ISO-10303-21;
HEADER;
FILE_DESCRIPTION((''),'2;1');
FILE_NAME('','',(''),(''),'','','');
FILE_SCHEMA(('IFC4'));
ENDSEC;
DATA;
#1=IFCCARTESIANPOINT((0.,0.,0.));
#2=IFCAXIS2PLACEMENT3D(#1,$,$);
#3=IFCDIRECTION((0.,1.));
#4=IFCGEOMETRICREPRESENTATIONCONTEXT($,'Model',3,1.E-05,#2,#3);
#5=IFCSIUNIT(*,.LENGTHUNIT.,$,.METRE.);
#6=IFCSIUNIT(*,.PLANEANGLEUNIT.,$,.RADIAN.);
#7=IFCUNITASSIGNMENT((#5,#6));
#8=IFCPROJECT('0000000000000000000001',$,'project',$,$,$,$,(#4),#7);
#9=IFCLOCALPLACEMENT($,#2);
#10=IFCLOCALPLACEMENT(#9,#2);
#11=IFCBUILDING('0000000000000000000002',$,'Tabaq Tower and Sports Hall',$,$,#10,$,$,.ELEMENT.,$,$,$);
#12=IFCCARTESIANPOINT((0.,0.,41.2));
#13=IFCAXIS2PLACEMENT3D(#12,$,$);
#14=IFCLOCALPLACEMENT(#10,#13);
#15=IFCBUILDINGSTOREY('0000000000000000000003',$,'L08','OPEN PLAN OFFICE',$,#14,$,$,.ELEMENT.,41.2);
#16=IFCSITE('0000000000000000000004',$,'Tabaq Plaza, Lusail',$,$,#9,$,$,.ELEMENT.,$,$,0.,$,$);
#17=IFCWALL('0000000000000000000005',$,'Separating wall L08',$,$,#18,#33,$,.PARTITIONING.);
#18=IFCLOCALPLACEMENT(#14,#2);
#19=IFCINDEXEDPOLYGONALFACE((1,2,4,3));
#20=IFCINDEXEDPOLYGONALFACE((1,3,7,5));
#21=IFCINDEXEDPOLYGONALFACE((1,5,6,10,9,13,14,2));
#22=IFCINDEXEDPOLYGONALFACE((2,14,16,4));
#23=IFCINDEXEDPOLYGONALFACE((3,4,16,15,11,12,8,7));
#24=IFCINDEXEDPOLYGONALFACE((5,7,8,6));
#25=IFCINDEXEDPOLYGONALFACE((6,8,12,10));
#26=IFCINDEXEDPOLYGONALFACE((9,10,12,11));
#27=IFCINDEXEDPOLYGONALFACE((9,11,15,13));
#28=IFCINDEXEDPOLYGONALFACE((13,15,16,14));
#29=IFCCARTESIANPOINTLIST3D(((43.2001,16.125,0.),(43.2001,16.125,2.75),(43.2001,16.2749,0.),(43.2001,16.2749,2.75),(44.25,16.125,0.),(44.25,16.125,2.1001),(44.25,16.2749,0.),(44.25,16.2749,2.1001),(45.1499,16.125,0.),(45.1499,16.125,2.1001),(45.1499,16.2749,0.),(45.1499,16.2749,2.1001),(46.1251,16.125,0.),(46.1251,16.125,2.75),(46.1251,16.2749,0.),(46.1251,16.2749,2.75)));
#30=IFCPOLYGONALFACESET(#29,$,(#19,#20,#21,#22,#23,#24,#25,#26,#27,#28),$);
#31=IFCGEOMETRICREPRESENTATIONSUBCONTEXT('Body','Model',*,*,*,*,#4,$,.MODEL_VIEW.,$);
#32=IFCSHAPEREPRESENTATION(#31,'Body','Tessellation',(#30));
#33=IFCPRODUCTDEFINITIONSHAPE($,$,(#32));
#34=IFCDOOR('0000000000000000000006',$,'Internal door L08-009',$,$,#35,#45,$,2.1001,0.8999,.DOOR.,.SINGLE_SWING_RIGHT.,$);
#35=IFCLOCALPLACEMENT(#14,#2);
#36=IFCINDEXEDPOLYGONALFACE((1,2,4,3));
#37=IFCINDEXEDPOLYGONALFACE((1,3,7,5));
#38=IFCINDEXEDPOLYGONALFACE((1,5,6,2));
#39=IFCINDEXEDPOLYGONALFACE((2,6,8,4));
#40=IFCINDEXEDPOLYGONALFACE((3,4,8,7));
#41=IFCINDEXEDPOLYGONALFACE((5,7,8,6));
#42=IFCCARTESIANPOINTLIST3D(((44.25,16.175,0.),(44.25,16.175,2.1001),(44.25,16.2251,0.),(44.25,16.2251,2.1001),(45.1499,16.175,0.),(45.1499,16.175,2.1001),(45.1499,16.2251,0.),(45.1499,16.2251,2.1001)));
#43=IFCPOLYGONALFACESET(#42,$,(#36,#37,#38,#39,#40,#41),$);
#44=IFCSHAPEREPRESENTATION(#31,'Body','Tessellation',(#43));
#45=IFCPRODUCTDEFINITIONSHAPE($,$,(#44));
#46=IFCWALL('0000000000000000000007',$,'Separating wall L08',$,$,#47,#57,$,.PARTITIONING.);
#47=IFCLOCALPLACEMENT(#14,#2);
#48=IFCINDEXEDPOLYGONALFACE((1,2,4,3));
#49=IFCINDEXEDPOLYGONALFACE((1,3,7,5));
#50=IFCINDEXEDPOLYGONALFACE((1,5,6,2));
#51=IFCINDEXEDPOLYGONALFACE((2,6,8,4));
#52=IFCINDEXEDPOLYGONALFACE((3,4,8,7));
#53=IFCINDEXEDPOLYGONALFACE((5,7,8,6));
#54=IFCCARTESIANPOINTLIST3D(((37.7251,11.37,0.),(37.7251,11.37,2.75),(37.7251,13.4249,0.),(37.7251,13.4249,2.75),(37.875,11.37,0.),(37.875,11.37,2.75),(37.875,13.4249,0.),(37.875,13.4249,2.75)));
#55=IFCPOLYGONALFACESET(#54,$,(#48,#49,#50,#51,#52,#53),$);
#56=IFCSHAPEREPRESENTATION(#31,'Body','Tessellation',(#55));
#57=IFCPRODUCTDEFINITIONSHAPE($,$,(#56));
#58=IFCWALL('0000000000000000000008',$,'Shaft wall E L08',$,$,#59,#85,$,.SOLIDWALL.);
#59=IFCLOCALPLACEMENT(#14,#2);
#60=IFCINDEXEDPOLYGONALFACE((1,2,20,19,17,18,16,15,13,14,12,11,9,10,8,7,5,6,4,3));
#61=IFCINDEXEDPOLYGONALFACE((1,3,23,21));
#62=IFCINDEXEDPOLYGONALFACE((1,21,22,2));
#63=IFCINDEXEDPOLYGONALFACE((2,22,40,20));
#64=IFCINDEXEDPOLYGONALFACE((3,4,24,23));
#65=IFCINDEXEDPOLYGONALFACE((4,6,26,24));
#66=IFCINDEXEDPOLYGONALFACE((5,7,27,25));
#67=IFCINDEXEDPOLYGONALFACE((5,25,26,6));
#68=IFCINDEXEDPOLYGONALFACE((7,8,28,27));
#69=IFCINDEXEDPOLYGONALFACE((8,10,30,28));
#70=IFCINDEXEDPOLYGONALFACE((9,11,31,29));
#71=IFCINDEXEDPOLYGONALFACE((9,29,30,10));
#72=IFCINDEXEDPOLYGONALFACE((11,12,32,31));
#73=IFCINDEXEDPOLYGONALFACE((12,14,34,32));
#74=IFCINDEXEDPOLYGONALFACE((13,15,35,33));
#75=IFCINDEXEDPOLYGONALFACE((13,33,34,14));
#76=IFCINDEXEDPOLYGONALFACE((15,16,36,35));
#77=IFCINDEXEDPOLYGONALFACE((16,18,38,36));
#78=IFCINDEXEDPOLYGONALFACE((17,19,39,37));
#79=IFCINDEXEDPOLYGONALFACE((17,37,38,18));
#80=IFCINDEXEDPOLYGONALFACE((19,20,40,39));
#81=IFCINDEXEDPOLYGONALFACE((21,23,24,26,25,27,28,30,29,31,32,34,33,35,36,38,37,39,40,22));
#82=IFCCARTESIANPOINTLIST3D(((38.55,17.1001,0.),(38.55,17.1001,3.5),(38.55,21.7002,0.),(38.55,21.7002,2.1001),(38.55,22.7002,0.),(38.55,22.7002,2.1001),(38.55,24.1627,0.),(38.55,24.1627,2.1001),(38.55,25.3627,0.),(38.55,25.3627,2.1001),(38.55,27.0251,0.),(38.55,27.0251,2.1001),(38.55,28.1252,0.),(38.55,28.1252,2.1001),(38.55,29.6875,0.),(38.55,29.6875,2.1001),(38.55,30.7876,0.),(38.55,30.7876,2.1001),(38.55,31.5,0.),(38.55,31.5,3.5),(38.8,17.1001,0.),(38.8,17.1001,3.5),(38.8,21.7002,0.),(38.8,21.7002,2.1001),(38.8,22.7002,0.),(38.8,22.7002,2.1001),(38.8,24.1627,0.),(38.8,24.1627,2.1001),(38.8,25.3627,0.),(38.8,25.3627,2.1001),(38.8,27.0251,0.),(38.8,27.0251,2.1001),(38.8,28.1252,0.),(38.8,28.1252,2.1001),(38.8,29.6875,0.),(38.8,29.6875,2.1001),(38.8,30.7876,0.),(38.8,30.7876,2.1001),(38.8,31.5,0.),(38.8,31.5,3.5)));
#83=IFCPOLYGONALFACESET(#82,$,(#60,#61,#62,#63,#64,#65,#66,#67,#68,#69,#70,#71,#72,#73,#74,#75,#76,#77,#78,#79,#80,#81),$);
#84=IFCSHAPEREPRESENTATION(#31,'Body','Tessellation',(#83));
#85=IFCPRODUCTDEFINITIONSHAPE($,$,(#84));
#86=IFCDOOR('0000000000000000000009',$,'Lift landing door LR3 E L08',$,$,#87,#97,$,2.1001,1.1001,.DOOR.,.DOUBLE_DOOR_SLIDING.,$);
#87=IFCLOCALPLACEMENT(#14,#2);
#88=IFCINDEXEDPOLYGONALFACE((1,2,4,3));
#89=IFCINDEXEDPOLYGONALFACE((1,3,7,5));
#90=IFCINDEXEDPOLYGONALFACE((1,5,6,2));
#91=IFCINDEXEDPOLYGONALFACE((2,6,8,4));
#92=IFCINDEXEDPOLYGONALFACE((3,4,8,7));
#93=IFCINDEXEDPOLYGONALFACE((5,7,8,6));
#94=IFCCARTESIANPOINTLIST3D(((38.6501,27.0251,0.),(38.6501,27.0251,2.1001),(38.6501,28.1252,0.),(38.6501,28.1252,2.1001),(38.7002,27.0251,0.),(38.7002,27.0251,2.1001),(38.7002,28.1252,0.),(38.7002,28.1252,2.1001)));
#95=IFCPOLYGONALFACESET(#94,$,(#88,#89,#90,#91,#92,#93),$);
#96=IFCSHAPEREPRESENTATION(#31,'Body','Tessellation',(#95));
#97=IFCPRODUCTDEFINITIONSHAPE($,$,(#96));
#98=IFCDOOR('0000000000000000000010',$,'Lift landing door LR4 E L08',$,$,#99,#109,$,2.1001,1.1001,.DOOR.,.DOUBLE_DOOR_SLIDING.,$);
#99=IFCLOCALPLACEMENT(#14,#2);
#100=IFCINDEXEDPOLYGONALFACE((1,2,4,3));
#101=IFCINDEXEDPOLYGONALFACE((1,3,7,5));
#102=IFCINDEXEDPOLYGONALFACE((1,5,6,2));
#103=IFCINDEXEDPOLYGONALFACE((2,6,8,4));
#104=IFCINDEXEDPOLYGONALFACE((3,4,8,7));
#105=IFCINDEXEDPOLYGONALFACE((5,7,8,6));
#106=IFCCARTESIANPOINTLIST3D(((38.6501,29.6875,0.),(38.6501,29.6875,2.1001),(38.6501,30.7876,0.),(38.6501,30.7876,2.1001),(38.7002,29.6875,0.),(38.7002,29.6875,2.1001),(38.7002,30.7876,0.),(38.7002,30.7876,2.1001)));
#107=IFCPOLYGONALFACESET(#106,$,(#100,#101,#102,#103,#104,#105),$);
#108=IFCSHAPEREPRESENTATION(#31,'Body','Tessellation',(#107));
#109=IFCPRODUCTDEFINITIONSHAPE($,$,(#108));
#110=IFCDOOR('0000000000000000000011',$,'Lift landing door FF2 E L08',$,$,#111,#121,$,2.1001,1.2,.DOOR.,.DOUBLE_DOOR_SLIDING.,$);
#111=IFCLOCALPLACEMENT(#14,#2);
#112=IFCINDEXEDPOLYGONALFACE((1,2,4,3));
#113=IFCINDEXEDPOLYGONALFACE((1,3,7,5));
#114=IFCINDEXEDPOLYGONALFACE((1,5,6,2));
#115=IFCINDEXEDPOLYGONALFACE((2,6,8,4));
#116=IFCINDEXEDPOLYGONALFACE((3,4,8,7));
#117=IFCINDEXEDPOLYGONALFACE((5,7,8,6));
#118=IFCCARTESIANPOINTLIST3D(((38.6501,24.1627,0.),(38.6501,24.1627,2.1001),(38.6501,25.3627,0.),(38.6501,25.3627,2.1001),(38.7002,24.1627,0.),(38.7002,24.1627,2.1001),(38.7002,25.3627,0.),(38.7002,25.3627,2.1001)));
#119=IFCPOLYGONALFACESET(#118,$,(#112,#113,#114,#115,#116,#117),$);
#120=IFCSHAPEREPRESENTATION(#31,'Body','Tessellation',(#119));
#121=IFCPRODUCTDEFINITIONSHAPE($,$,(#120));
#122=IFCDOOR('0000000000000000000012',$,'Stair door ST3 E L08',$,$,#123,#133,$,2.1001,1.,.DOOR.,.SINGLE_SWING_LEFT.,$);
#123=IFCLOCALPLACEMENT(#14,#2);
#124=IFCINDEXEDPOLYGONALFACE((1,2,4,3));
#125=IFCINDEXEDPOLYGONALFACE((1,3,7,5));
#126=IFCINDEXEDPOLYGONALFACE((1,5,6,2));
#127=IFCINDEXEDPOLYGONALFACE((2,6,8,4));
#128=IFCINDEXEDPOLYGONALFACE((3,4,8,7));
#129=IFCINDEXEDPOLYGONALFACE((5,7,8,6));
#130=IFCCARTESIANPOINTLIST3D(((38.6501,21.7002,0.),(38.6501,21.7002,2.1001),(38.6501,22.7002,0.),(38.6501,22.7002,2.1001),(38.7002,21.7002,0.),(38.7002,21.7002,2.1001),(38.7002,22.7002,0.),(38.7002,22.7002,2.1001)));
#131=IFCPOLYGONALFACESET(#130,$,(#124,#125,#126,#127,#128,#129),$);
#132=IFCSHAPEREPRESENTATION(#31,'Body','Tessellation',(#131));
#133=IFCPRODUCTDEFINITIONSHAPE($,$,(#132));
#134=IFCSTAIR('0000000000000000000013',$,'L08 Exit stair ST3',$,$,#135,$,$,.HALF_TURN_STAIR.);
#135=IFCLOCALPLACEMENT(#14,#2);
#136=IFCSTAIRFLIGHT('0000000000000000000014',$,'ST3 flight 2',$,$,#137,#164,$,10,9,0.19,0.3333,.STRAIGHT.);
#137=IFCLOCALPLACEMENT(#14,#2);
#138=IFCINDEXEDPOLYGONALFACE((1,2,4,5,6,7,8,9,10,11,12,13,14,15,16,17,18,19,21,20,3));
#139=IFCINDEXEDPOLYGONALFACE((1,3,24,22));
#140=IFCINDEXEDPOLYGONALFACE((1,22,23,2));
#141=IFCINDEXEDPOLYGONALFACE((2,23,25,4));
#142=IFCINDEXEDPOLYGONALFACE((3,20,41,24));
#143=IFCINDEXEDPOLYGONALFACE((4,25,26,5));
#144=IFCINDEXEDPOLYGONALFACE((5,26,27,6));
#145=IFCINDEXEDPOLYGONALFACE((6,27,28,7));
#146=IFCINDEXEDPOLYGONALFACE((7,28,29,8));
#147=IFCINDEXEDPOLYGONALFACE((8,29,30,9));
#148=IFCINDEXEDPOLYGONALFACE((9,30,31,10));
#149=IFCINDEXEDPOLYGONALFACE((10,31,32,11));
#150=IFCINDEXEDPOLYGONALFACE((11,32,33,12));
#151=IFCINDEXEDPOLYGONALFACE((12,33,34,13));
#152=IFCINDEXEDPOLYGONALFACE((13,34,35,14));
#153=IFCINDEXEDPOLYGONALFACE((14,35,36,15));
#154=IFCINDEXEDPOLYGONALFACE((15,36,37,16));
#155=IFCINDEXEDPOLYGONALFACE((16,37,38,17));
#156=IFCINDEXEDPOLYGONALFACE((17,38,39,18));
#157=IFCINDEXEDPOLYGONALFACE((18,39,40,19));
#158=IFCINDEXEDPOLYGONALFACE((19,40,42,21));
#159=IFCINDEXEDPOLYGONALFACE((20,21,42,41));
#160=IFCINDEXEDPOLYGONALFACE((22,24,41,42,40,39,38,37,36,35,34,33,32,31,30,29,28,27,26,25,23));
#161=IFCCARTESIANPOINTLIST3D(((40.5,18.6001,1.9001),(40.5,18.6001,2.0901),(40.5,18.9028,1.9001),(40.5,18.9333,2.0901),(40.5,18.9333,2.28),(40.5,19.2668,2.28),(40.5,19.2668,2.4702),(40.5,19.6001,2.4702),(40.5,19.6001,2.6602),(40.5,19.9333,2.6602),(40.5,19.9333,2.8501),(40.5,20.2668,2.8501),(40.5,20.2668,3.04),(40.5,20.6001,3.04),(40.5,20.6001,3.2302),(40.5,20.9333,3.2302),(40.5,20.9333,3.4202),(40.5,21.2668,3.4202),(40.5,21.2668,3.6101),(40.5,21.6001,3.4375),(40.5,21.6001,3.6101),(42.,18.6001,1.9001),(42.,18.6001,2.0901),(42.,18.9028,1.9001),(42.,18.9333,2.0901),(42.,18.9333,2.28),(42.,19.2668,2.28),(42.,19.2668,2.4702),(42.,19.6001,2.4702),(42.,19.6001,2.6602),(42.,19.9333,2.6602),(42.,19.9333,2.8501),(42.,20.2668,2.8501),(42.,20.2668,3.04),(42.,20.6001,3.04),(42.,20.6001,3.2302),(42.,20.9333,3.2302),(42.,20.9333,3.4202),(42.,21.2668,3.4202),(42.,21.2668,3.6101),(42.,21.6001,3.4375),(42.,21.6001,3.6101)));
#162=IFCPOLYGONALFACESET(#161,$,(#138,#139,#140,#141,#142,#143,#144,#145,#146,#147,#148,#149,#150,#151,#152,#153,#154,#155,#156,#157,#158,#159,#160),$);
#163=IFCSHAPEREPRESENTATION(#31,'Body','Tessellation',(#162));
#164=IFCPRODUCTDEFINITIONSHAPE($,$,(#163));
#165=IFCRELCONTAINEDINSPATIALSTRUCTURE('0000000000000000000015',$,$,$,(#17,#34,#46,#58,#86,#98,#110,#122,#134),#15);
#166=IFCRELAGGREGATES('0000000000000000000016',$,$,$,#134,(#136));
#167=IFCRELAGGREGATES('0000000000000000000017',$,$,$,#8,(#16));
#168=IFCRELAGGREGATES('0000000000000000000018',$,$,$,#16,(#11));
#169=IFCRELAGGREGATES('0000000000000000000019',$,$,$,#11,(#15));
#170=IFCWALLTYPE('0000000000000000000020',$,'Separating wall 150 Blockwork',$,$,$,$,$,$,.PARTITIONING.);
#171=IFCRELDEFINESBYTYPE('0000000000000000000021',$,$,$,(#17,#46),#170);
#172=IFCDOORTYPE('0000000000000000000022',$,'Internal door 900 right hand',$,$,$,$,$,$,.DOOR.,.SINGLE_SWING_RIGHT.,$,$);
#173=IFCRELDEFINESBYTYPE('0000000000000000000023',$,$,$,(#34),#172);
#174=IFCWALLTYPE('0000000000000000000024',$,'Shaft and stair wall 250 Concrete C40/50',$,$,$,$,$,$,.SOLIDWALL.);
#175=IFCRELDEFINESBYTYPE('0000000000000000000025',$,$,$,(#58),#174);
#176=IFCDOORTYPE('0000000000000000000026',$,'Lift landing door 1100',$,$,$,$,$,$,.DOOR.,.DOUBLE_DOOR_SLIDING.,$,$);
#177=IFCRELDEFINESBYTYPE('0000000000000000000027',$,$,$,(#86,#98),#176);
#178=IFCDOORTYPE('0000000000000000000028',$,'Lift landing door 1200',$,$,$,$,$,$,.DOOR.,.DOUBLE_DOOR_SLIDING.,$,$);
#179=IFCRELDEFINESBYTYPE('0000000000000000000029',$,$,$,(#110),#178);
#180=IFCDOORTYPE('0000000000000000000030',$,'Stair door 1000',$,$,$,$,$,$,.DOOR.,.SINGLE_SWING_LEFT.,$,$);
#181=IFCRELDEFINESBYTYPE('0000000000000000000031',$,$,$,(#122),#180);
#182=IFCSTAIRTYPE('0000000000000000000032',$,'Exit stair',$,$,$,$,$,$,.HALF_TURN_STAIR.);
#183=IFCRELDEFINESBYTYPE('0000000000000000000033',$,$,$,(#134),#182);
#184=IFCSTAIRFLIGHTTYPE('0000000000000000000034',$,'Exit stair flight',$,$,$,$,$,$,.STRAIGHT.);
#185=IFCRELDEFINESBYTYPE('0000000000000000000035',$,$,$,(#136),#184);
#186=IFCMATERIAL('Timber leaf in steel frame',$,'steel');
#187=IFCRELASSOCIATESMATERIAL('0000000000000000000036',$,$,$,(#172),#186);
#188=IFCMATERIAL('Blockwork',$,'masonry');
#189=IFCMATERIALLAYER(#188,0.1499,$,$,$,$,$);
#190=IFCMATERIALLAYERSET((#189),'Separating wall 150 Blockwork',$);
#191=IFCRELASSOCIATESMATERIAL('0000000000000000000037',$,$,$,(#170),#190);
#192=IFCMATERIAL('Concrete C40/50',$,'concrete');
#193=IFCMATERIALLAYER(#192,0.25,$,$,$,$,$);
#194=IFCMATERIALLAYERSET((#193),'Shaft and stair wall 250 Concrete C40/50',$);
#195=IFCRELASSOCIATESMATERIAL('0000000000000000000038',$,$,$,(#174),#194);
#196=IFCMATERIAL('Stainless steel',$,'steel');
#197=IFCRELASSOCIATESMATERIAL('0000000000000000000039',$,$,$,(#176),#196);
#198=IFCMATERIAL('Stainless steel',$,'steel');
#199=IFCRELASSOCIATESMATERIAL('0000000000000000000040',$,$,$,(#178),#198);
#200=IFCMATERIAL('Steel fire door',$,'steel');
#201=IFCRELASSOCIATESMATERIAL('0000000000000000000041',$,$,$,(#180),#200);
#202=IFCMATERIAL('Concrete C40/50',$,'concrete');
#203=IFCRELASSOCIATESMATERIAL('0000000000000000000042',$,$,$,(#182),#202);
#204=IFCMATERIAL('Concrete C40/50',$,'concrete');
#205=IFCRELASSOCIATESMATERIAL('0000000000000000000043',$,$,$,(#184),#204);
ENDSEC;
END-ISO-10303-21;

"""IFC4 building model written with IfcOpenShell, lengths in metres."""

from ifc_helpers import new_model, si_unit, direction, frame, frame_2d, origin, place, context, subcontext, project, spatial, polyline, rectangle, outline, extrude, material, layer, layer_set, type_object, element, fill, aggregate, save


model = new_model("IFC4")

# Units and contexts
model_context = context("Model", 3, precision=1e-05, world=origin(), true_north=direction((0.0, 1.0)))
body_context = subcontext(model_context, "Body", "Model", "MODEL_VIEW")
ifc_project = project(units=[si_unit("LENGTHUNIT", "METRE"), si_unit("PLANEANGLEUNIT", "RADIAN")], contexts=[model_context])

# Site, building, storey
site_placement = place(None, origin())
site = spatial("IfcSite", under=ifc_project, at=site_placement, Name="Tabaq Plaza, Lusail", CompositionType="ELEMENT", RefElevation=0.0)
building_placement = place(site_placement, origin())
building = spatial("IfcBuilding", under=site, at=building_placement, Name="Tabaq Tower and Sports Hall", CompositionType="ELEMENT")
storey_placement = place(building_placement, frame((0.0, 0.0, 41.2)))
storey = spatial("IfcBuildingStorey", under=building, at=storey_placement, Name="L08", Description="OPEN PLAN OFFICE", CompositionType="ELEMENT", Elevation=41.2)

# Wall, opening, door
ifc_material_1 = material(Name="Timber leaf in steel frame", Category="steel")
door_type_1 = type_object("IfcDoorType", Name="Internal door 900 right hand", OperationType="SINGLE_SWING_RIGHT", PredefinedType="DOOR", material=ifc_material_1)
ifc_material_2 = material(Name="Blockwork", Category="masonry")
ifc_layer_1 = layer(ifc_material_2, 0.1499)
ifc_layer_set_1 = layer_set([ifc_layer_1], Name="Separating wall 150 Blockwork")
wall_type_1 = type_object("IfcWallType", Name="Separating wall 150 Blockwork", PredefinedType="PARTITIONING", material=ifc_layer_set_1)
wall_1_placement = place(storey_placement, frame((46.125, 16.2, 0.0), z_axis=(0.0, 0.0, 1.0), x_axis=(-1.0, 0.0, 0.0)))
wall_1 = element("IfcWall", 1, at=wall_1_placement, inside=storey, type_object=wall_type_1, Name="Separating wall L08", PredefinedType="PARTITIONING", context=body_context, shape_type="SweptSolid", body=[
    extrude(rectangle(XDim=2.925, YDim=0.1499, at=frame_2d((1.4624, 0.0))), origin(), (0.0, 0.0, 1.0), 2.75),
])
opening_1_placement = place(wall_1_placement, frame((0.9751, 0.0, 0.0)))
opening_1 = element("IfcOpeningElement", 2, at=opening_1_placement, cuts=wall_1, PredefinedType="OPENING", context=body_context, shape_type="SweptSolid", body=[
    extrude(rectangle(XDim=0.8999, YDim=2.1001, at=frame_2d((0.45, 1.05))), frame((0.0, 0.075, 0.0), z_axis=(0.0, -1.0, 0.0), x_axis=(1.0, 0.0, 0.0)), (0.0, 0.0, 1.0), 0.1499),
])
door_1_placement = place(opening_1_placement, origin())
door_1 = element("IfcDoor", 3, at=door_1_placement, inside=storey, type_object=door_type_1, Name="Internal door L08-009", OperationType="SINGLE_SWING_RIGHT", OverallHeight=2.1001, OverallWidth=0.8999, PredefinedType="DOOR", context=body_context, shape_type="SweptSolid", body=[
    extrude(rectangle(XDim=0.8999, YDim=2.1001, at=frame_2d((0.45, 1.05))), frame((0.0, 0.0249, 0.0), z_axis=(0.0, -1.0, 0.0), x_axis=(1.0, 0.0, 0.0)), (0.0, 0.0, 1.0), 0.05),
])
fill(opening_1, door_1)

# Wall
wall_2_placement = place(storey_placement, frame((37.8, 11.3701, 0.0), z_axis=(0.0, 0.0, 1.0), x_axis=(0.0, 1.0, 0.0)))
element("IfcWall", 4, at=wall_2_placement, inside=storey, type_object=wall_type_1, Name="Separating wall L08", PredefinedType="PARTITIONING", context=body_context, shape_type="SweptSolid", body=[
    extrude(rectangle(XDim=2.0549, YDim=0.1499, at=frame_2d((1.0273, 0.0))), origin(), (0.0, 0.0, 1.0), 2.75),
])

# Wall, openings, doors
ifc_material_3 = material(Name="Concrete C40/50", Category="concrete")
ifc_layer_2 = layer(ifc_material_3, 0.25)
ifc_layer_set_2 = layer_set([ifc_layer_2], Name="Shaft and stair wall 250 Concrete C40/50")
wall_type_2 = type_object("IfcWallType", Name="Shaft and stair wall 250 Concrete C40/50", PredefinedType="SOLIDWALL", material=ifc_layer_set_2)
wall_3_placement = place(storey_placement, frame((38.675, 17.1001, 0.0), z_axis=(0.0, 0.0, 1.0), x_axis=(0.0, 1.0, 0.0)))
wall_3 = element("IfcWall", 5, at=wall_3_placement, inside=storey, type_object=wall_type_2, Name="Shaft wall E L08", PredefinedType="SOLIDWALL", context=body_context, shape_type="SweptSolid", body=[
    extrude(rectangle(XDim=14.3999, YDim=0.25, at=frame_2d((7.2, 0.0))), origin(), (0.0, 0.0, 1.0), 3.5),
])
opening_2_placement = place(wall_3_placement, frame((4.6001, 0.0, 0.0)))
opening_2 = element("IfcOpeningElement", 6, at=opening_2_placement, cuts=wall_3, PredefinedType="OPENING", context=body_context, shape_type="SweptSolid", body=[
    extrude(rectangle(XDim=1.0, YDim=2.1001, at=frame_2d((0.5, 1.05))), frame((0.0, 0.125, 0.0), z_axis=(0.0, -1.0, 0.0), x_axis=(1.0, 0.0, 0.0)), (0.0, 0.0, 1.0), 0.25),
])
opening_3_placement = place(wall_3_placement, frame((7.0625, 0.0, 0.0)))
opening_3 = element("IfcOpeningElement", 7, at=opening_3_placement, cuts=wall_3, PredefinedType="OPENING", context=body_context, shape_type="SweptSolid", body=[
    extrude(rectangle(XDim=1.2, YDim=2.1001, at=frame_2d((0.6001, 1.05))), frame((0.0, 0.125, 0.0), z_axis=(0.0, -1.0, 0.0), x_axis=(1.0, 0.0, 0.0)), (0.0, 0.0, 1.0), 0.25),
])
opening_4_placement = place(wall_3_placement, frame((9.925, 0.0, 0.0)))
opening_4 = element("IfcOpeningElement", 8, at=opening_4_placement, cuts=wall_3, PredefinedType="OPENING", context=body_context, shape_type="SweptSolid", body=[
    extrude(rectangle(XDim=1.1001, YDim=2.1001, at=frame_2d((0.55, 1.05))), frame((0.0, 0.125, 0.0), z_axis=(0.0, -1.0, 0.0), x_axis=(1.0, 0.0, 0.0)), (0.0, 0.0, 1.0), 0.25),
])
opening_5_placement = place(wall_3_placement, frame((12.5874, 0.0, 0.0)))
opening_5 = element("IfcOpeningElement", 9, at=opening_5_placement, cuts=wall_3, PredefinedType="OPENING", context=body_context, shape_type="SweptSolid", body=[
    extrude(rectangle(XDim=1.1001, YDim=2.1001, at=frame_2d((0.55, 1.05))), frame((0.0, 0.125, 0.0), z_axis=(0.0, -1.0, 0.0), x_axis=(1.0, 0.0, 0.0)), (0.0, 0.0, 1.0), 0.25),
])
ifc_material_4 = material(Name="Stainless steel", Category="steel")
door_type_2 = type_object("IfcDoorType", Name="Lift landing door 1100", OperationType="DOUBLE_DOOR_SLIDING", PredefinedType="DOOR", material=ifc_material_4)
door_2_placement = place(opening_4_placement, origin())
door_2 = element("IfcDoor", 10, at=door_2_placement, inside=storey, type_object=door_type_2, Name="Lift landing door LR3 E L08", OperationType="DOUBLE_DOOR_SLIDING", OverallHeight=2.1001, OverallWidth=1.1001, PredefinedType="DOOR", context=body_context, shape_type="SweptSolid", body=[
    extrude(rectangle(XDim=1.1001, YDim=2.1001, at=frame_2d((0.55, 1.05))), frame((0.0, 0.0249, 0.0), z_axis=(0.0, -1.0, 0.0), x_axis=(1.0, 0.0, 0.0)), (0.0, 0.0, 1.0), 0.05),
])
fill(opening_4, door_2)
door_3_placement = place(opening_5_placement, origin())
door_3 = element("IfcDoor", 11, at=door_3_placement, inside=storey, type_object=door_type_2, Name="Lift landing door LR4 E L08", OperationType="DOUBLE_DOOR_SLIDING", OverallHeight=2.1001, OverallWidth=1.1001, PredefinedType="DOOR", context=body_context, shape_type="SweptSolid", body=[
    extrude(rectangle(XDim=1.1001, YDim=2.1001, at=frame_2d((0.55, 1.05))), frame((0.0, 0.0249, 0.0), z_axis=(0.0, -1.0, 0.0), x_axis=(1.0, 0.0, 0.0)), (0.0, 0.0, 1.0), 0.05),
])
fill(opening_5, door_3)
ifc_material_5 = material(Name="Stainless steel", Category="steel")
door_type_3 = type_object("IfcDoorType", Name="Lift landing door 1200", OperationType="DOUBLE_DOOR_SLIDING", PredefinedType="DOOR", material=ifc_material_5)
door_4_placement = place(opening_3_placement, origin())
door_4 = element("IfcDoor", 12, at=door_4_placement, inside=storey, type_object=door_type_3, Name="Lift landing door FF2 E L08", OperationType="DOUBLE_DOOR_SLIDING", OverallHeight=2.1001, OverallWidth=1.2, PredefinedType="DOOR", context=body_context, shape_type="SweptSolid", body=[
    extrude(rectangle(XDim=1.2, YDim=2.1001, at=frame_2d((0.6001, 1.05))), frame((0.0, 0.0249, 0.0), z_axis=(0.0, -1.0, 0.0), x_axis=(1.0, 0.0, 0.0)), (0.0, 0.0, 1.0), 0.05),
])
fill(opening_3, door_4)
ifc_material_6 = material(Name="Steel fire door", Category="steel")
door_type_4 = type_object("IfcDoorType", Name="Stair door 1000", OperationType="SINGLE_SWING_LEFT", PredefinedType="DOOR", material=ifc_material_6)
door_5_placement = place(opening_2_placement, origin())
door_5 = element("IfcDoor", 13, at=door_5_placement, inside=storey, type_object=door_type_4, Name="Stair door ST3 E L08", OperationType="SINGLE_SWING_LEFT", OverallHeight=2.1001, OverallWidth=1.0, PredefinedType="DOOR", context=body_context, shape_type="SweptSolid", body=[
    extrude(rectangle(XDim=1.0, YDim=2.1001, at=frame_2d((0.5, 1.05))), frame((0.0, 0.0249, 0.0), z_axis=(0.0, -1.0, 0.0), x_axis=(1.0, 0.0, 0.0)), (0.0, 0.0, 1.0), 0.05),
])
fill(opening_2, door_5)

# Stair, stair flight
ifc_material_7 = material(Name="Concrete C40/50", Category="concrete")
stair_type = type_object("IfcStairType", Name="Exit stair", PredefinedType="HALF_TURN_STAIR", material=ifc_material_7)
stair_placement = place(storey_placement, origin())
stair = element("IfcStair", 14, at=stair_placement, inside=storey, type_object=stair_type, Name="L08 Exit stair ST3", PredefinedType="HALF_TURN_STAIR")
ifc_material_8 = material(Name="Concrete C40/50", Category="concrete")
stair_flight_type = type_object("IfcStairFlightType", Name="Exit stair flight", PredefinedType="STRAIGHT", material=ifc_material_8)
stair_flight_placement = place(storey_placement, frame((41.25, 18.6001, 1.9001), z_axis=(0.0, 0.0, 1.0), x_axis=(0.0, 1.0, 0.0)))
stair_flight = element("IfcStairFlight", 15, at=stair_flight_placement, type_object=stair_flight_type, Name="ST3 flight 2", NumberOfRisers=10, NumberOfTreads=9, PredefinedType="STRAIGHT", RiserHeight=0.19, TreadLength=0.3333, context=body_context, shape_type="SweptSolid", body=[
    extrude(outline(polyline([(0.0, 0.0), (0.0, 0.1899), (0.3333, 0.1899), (0.3333, 0.3799), (0.6667, 0.3799), (0.6667, 0.5701), (1.0, 0.5701), (1.0, 0.76), (1.3333, 0.76), (1.3333, 0.95), (1.6667, 0.95), (1.6667, 1.1399), (2.0, 1.1399), (2.0, 1.3301), (2.3333, 1.3301), (2.3333, 1.52), (2.6667, 1.52), (2.6667, 1.71), (3.0, 1.71), (3.0, 1.8999), (3.0, 1.5374), (0.3027, 0.0), (0.0, 0.0)])), frame((0.0, 0.75, 0.0), z_axis=(0.0, -1.0, 0.0), x_axis=(1.0, 0.0, 0.0)), (0.0, 0.0, 1.0), 1.5),
])
aggregate(stair, [stair_flight])

save(model, "model.ifc")
